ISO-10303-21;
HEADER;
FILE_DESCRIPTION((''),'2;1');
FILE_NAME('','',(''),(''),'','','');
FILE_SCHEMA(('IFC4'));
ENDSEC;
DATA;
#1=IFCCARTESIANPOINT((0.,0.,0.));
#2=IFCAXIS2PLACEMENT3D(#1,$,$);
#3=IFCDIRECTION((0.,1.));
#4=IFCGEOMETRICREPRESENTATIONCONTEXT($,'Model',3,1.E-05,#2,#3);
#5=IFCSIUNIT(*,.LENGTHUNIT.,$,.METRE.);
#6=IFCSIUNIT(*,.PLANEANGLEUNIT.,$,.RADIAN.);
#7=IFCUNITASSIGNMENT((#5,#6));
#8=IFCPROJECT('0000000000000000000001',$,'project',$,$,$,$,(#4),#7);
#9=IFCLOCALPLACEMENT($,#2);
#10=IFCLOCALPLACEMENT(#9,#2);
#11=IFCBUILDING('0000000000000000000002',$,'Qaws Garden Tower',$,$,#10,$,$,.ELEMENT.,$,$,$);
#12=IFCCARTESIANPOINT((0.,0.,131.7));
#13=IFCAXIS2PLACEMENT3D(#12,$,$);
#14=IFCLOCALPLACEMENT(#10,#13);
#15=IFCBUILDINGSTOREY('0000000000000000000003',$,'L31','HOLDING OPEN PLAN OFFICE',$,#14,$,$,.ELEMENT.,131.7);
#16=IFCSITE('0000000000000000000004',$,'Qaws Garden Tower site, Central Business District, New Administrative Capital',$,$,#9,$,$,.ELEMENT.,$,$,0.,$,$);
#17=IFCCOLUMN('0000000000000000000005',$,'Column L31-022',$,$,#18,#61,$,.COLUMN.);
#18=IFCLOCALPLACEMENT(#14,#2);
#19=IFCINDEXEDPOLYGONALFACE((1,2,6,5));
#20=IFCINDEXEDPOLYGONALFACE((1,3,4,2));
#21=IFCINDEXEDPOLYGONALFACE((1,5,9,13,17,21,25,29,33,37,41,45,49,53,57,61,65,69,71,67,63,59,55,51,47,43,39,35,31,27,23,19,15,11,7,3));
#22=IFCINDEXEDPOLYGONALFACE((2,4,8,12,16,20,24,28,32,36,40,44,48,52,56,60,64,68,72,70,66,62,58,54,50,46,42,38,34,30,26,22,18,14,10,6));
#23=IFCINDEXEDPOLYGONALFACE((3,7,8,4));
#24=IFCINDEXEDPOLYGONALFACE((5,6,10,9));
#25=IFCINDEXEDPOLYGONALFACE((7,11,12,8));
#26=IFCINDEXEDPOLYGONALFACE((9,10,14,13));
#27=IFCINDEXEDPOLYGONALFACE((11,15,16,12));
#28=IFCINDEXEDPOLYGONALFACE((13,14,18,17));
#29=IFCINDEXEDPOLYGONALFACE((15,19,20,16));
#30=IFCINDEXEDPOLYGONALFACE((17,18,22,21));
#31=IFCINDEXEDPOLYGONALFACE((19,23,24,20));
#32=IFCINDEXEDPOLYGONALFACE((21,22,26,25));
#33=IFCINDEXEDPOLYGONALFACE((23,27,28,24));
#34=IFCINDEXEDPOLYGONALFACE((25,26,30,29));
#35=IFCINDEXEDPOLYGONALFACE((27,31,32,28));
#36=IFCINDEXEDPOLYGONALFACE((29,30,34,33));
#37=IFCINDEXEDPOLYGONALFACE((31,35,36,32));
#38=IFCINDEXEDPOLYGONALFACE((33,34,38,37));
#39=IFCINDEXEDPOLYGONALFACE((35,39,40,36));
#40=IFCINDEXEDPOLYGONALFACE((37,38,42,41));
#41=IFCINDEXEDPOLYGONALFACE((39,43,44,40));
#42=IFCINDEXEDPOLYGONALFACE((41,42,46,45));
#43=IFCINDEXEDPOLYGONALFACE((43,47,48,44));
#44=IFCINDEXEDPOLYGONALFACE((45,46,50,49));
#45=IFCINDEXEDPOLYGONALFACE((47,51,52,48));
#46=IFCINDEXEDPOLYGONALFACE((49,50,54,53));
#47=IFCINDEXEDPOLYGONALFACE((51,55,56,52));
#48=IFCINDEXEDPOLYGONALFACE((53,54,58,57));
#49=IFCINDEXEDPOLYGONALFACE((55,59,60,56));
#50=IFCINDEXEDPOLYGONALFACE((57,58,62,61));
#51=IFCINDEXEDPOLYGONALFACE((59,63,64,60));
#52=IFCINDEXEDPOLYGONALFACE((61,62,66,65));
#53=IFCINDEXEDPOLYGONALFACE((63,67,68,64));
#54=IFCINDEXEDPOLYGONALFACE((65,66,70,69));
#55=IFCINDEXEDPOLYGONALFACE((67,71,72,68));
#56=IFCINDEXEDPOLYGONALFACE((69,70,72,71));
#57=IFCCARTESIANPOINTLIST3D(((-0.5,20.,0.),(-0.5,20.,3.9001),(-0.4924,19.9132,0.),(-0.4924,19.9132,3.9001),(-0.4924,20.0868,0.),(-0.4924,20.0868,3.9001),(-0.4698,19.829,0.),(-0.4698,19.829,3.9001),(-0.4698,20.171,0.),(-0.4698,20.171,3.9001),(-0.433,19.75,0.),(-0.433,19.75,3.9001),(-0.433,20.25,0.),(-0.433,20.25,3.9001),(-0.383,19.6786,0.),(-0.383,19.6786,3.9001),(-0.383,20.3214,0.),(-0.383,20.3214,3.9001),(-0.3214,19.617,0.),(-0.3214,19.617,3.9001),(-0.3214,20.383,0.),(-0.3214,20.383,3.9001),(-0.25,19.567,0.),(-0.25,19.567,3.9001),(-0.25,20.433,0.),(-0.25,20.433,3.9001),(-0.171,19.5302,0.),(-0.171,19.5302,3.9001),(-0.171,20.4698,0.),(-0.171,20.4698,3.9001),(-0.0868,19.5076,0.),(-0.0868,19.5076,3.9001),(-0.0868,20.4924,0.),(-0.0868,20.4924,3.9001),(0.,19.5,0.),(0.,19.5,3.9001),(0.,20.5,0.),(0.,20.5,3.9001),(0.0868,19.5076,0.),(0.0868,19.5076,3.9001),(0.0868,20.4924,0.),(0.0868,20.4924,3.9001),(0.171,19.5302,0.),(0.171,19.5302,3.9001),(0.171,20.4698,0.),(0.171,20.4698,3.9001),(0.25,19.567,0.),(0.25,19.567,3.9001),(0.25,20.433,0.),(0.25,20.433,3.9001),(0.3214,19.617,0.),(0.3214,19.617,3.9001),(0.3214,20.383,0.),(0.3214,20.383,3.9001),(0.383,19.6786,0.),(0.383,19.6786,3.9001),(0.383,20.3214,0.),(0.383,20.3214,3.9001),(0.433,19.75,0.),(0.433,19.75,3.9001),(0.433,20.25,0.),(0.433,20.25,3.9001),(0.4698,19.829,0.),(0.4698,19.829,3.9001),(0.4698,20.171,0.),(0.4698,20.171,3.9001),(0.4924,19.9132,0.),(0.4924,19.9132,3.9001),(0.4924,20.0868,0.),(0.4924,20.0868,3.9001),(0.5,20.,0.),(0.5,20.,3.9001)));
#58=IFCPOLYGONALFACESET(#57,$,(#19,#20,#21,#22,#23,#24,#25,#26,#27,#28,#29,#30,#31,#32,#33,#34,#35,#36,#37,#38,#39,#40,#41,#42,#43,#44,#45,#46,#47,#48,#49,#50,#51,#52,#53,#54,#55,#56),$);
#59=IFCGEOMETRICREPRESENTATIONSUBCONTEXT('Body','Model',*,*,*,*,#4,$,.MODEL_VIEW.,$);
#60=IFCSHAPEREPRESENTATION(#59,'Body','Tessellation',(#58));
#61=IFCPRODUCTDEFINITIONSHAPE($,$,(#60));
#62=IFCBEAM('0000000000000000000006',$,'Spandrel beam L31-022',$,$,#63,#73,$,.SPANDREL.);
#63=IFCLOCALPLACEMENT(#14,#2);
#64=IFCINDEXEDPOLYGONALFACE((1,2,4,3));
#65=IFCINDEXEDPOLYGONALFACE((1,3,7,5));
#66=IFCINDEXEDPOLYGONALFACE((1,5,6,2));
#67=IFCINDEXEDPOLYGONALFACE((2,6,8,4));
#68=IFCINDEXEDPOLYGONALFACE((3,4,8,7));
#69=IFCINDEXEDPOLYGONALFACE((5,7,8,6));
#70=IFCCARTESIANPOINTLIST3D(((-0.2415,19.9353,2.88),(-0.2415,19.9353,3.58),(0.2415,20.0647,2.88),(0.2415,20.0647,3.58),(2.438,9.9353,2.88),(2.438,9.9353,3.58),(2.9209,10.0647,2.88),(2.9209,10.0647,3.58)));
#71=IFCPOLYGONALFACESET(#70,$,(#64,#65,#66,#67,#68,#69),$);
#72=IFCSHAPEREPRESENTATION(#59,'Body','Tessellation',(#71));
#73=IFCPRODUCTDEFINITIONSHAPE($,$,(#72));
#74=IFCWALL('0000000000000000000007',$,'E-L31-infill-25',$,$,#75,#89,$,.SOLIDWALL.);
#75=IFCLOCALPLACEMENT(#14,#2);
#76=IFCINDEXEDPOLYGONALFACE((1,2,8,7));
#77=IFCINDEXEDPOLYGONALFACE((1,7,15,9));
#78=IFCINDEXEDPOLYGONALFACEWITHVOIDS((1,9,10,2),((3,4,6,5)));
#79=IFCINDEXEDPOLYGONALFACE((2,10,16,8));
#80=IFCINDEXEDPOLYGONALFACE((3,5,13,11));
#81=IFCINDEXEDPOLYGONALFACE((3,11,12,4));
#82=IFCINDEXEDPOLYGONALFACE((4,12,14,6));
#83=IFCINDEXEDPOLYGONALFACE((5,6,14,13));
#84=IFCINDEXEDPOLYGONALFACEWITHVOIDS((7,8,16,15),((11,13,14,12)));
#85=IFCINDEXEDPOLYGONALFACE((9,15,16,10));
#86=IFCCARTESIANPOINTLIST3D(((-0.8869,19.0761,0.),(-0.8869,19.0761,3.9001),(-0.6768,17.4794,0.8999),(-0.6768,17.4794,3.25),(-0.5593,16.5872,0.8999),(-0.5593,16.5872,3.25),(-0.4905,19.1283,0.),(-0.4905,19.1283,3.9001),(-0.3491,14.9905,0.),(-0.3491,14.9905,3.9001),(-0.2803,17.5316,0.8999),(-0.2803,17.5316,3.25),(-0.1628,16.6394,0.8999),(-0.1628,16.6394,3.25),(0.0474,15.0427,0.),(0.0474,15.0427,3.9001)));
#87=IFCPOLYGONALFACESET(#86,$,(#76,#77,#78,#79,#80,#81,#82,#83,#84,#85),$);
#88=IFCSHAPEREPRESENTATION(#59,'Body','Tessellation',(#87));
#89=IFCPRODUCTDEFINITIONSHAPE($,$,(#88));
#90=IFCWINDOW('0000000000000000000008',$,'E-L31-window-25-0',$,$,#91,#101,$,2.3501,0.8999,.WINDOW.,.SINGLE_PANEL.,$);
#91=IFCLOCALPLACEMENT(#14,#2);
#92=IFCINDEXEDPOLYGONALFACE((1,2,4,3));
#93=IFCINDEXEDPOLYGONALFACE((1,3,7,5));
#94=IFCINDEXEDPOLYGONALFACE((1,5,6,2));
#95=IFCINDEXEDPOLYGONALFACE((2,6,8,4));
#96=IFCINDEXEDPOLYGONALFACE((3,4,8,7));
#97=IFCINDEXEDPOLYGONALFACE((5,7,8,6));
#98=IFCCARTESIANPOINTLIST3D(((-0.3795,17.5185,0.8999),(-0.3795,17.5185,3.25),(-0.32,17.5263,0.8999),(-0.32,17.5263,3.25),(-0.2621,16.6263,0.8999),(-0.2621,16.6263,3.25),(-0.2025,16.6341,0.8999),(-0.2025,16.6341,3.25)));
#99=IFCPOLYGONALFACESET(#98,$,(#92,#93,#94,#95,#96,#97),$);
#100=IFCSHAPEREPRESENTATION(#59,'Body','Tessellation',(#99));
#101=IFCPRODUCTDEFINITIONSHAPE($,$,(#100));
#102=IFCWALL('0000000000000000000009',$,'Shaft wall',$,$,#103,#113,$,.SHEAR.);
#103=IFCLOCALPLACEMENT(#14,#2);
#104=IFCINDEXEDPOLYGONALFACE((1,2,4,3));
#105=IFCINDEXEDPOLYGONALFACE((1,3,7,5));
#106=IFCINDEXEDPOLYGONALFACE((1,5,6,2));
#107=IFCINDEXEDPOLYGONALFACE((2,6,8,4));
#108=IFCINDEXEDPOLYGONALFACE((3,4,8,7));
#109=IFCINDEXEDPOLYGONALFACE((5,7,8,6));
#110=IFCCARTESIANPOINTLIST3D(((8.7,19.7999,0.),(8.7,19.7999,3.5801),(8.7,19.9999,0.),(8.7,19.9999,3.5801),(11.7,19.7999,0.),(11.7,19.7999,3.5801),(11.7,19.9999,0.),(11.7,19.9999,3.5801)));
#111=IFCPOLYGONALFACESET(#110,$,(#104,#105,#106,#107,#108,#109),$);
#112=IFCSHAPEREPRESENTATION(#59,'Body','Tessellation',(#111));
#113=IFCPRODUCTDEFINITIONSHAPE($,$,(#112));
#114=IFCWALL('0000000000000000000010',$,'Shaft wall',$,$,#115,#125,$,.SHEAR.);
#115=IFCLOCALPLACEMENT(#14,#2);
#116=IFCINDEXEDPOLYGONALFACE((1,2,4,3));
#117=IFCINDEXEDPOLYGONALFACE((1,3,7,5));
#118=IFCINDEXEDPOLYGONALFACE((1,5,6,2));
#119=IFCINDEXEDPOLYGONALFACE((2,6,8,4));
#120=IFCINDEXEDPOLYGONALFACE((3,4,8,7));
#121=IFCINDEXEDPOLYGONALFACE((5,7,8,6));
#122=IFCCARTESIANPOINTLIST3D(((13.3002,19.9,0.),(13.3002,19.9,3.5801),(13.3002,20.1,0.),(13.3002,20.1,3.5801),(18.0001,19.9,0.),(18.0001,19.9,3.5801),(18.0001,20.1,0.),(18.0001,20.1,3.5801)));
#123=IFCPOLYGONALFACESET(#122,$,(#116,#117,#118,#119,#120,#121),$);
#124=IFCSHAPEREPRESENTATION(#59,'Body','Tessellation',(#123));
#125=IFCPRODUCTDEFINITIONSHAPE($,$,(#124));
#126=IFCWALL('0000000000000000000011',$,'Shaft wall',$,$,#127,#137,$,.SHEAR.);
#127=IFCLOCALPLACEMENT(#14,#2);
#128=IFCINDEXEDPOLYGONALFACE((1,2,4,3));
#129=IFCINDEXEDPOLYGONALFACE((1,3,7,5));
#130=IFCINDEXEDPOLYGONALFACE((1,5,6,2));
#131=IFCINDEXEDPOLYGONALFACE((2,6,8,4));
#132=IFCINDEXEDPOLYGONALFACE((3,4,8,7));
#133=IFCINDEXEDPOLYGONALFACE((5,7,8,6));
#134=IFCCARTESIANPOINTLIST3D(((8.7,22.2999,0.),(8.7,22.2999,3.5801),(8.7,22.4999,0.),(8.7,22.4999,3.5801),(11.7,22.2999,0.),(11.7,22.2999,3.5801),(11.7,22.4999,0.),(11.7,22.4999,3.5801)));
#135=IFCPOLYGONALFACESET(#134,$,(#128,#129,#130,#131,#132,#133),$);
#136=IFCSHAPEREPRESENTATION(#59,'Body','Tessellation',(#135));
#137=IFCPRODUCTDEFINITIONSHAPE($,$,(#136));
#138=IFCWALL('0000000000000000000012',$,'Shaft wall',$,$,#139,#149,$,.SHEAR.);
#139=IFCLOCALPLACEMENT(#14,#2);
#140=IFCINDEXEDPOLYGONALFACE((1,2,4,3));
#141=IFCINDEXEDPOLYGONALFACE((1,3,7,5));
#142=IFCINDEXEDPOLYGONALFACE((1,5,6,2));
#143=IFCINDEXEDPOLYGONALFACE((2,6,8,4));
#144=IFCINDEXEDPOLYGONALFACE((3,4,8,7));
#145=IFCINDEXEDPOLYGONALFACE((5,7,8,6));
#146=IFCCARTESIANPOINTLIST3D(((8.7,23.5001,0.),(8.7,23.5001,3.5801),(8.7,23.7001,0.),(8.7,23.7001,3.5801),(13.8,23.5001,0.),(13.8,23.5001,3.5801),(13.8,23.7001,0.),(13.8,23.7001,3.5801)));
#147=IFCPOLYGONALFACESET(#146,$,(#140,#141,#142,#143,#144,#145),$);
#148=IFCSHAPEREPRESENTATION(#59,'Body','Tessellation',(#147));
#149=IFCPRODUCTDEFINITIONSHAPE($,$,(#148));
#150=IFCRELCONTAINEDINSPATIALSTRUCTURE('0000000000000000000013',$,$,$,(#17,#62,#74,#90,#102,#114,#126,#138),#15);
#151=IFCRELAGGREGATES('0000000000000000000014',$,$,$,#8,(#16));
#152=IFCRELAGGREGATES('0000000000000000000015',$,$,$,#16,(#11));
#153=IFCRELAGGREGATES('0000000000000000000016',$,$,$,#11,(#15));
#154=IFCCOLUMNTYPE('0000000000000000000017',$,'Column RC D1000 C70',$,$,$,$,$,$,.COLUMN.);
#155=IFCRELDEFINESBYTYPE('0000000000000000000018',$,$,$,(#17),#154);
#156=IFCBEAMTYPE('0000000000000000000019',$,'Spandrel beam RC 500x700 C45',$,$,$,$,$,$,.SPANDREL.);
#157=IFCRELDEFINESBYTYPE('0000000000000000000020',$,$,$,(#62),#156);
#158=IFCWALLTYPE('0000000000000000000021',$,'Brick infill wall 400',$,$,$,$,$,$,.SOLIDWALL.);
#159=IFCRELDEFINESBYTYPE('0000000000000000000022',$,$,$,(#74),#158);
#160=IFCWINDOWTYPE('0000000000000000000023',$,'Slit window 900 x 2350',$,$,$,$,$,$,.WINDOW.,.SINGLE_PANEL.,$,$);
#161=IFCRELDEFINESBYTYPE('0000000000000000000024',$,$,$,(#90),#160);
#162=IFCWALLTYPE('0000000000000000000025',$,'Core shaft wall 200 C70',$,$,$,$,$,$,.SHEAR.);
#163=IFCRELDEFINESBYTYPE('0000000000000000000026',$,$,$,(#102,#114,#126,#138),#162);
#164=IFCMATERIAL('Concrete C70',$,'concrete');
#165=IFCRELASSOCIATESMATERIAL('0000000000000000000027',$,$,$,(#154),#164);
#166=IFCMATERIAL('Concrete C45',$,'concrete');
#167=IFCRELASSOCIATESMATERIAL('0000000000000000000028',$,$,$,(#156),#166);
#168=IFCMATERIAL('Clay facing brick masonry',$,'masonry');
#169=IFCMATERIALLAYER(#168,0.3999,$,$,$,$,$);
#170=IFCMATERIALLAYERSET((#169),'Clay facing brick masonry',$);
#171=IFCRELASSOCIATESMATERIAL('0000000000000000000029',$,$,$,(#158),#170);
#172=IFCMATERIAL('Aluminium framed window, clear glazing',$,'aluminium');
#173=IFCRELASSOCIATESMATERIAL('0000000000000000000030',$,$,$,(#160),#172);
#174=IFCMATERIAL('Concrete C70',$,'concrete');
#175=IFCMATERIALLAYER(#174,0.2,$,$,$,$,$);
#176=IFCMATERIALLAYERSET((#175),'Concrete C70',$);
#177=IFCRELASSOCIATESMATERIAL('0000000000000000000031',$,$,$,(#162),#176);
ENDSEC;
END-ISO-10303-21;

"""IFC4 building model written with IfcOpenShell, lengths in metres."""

from ifc_helpers import new_model, si_unit, direction, frame, frame_2d, origin, origin_2d, place, context, subcontext, project, spatial, rectangle, circle, extrude, material, layer, layer_set, material_profile, profile_set, type_object, element, fill, save


model = new_model("IFC4")

# Units and contexts
model_context = context("Model", 3, precision=1e-05, world=origin(), true_north=direction((0.0, 1.0)))
body_context = subcontext(model_context, "Body", "Model", "MODEL_VIEW")
ifc_project = project(units=[si_unit("LENGTHUNIT", "METRE"), si_unit("PLANEANGLEUNIT", "RADIAN")], contexts=[model_context])

# Site, building, storey
site_placement = place(None, origin())
site = spatial("IfcSite", under=ifc_project, at=site_placement, Name="Qaws Garden Tower site, Central Business District, New Administrative Capital", CompositionType="ELEMENT", RefElevation=0.0)
building_placement = place(site_placement, origin())
building = spatial("IfcBuilding", under=site, at=building_placement, Name="Qaws Garden Tower", CompositionType="ELEMENT")
storey_placement = place(building_placement, frame((0.0, 0.0, 131.7)))
storey = spatial("IfcBuildingStorey", under=building, at=storey_placement, Name="L31", Description="HOLDING OPEN PLAN OFFICE", CompositionType="ELEMENT", Elevation=131.7)

# Column
ifc_material_1 = material(Name="Concrete C70", Category="concrete")
ifc_material_profile_1 = material_profile(ifc_material_1, circle(Radius=0.5, at=origin_2d()), Name="RC D1000")
ifc_profile_set_1 = profile_set([ifc_material_profile_1], Name="Concrete C70")
column_type = type_object("IfcColumnType", Name="Column RC D1000 C70", PredefinedType="COLUMN", material=ifc_profile_set_1)
column_placement = place(storey_placement, frame((0.0, 20.0, 0.0), z_axis=(0.0, 0.0, 1.0), x_axis=(1.0, 0.0, 0.0)))
element("IfcColumn", 1, at=column_placement, inside=storey, type_object=column_type, Name="Column L31-022", PredefinedType="COLUMN", context=body_context, shape_type="SweptSolid", body=[
    extrude(circle(Radius=0.5, at=origin_2d()), origin(), (0.0, 0.0, 1.0), 3.9001),
])

# Beam
ifc_material_2 = material(Name="Concrete C45", Category="concrete")
ifc_material_profile_2 = material_profile(ifc_material_2, rectangle(XDim=0.5, YDim=0.7, at=origin_2d()), Name="RC 500x700")
ifc_profile_set_2 = profile_set([ifc_material_profile_2], Name="Concrete C45")
beam_type = type_object("IfcBeamType", Name="Spandrel beam RC 500x700 C45", PredefinedType="SPANDREL", material=ifc_profile_set_2)
beam_placement = place(storey_placement, frame((0.0, 20.0, 3.23), z_axis=(0.258815, -0.965927, 0.0), x_axis=(0.965927, 0.258815, 0.0)))
element("IfcBeam", 2, at=beam_placement, inside=storey, type_object=beam_type, Name="Spandrel beam L31-022", PredefinedType="SPANDREL", context=body_context, shape_type="SweptSolid", body=[
    extrude(rectangle(XDim=0.5, YDim=0.7, at=origin_2d()), origin(), (0.0, 0.0, 1.0), 10.3528),
])

# Wall, opening, window
ifc_material_3 = material(Name="Clay facing brick masonry", Category="masonry")
ifc_layer_1 = layer(ifc_material_3, 0.3999)
ifc_layer_set_1 = layer_set([ifc_layer_1], Name="Clay facing brick masonry")
wall_type_1 = type_object("IfcWallType", Name="Brick infill wall 400", PredefinedType="SOLIDWALL", material=ifc_layer_set_1)
wall_1_placement = place(storey_placement, frame((-0.6887, 19.1023, 0.0), z_axis=(0.0, 0.0, 1.0), x_axis=(0.130514, -0.991446, 0.0)))
wall_1 = element("IfcWall", 3, at=wall_1_placement, inside=storey, type_object=wall_type_1, Name="E-L31-infill-25", PredefinedType="SOLIDWALL", context=body_context, shape_type="SweptSolid", body=[
    extrude(rectangle(XDim=4.1208, YDim=0.3999, at=frame_2d((2.0605, 0.0))), origin(), (0.0, 0.0, 1.0), 3.9001),
])
opening_1_placement = place(wall_1_placement, frame((1.6106, 0.0, 0.8999)))
opening_1 = element("IfcOpeningElement", 4, at=opening_1_placement, cuts=wall_1, PredefinedType="OPENING", context=body_context, shape_type="SweptSolid", body=[
    extrude(rectangle(XDim=0.8999, YDim=2.3501, at=frame_2d((0.45, 1.175))), frame((0.0, 0.21, 0.0), z_axis=(0.0, -1.0, 0.0), x_axis=(1.0, 0.0, 0.0)), (0.0, 0.0, 1.0), 0.4199),
])
ifc_material_4 = material(Name="Aluminium framed window, clear glazing", Category="aluminium")
window_type = type_object("IfcWindowType", Name="Slit window 900 x 2350", PartitioningType="SINGLE_PANEL", PredefinedType="WINDOW", material=ifc_material_4)
window_placement = place(opening_1_placement, origin())
window = element("IfcWindow", 5, at=window_placement, inside=storey, type_object=window_type, Name="E-L31-window-25-0", OverallHeight=2.3501, OverallWidth=0.8999, PartitioningType="SINGLE_PANEL", PredefinedType="WINDOW", context=body_context, shape_type="SweptSolid", body=[
    extrude(rectangle(XDim=0.8999, YDim=2.3501, at=frame_2d((0.45, 1.175))), frame((0.0, 0.1599, 0.0), z_axis=(0.0, -1.0, 0.0), x_axis=(1.0, 0.0, 0.0)), (0.0, 0.0, 1.0), 0.0601),
])
fill(opening_1, window)

# Walls
ifc_material_5 = material(Name="Concrete C70", Category="concrete")
ifc_layer_2 = layer(ifc_material_5, 0.2)
ifc_layer_set_2 = layer_set([ifc_layer_2], Name="Concrete C70")
wall_type_2 = type_object("IfcWallType", Name="Core shaft wall 200 C70", PredefinedType="SHEAR", material=ifc_layer_set_2)
wall_2_placement = place(storey_placement, frame((8.7, 19.8999, 0.0), z_axis=(0.0, 0.0, 1.0), x_axis=(1.0, 0.0, 0.0)))
element("IfcWall", 6, at=wall_2_placement, inside=storey, type_object=wall_type_2, Name="Shaft wall", PredefinedType="SHEAR", context=body_context, shape_type="SweptSolid", body=[
    extrude(rectangle(XDim=3.0, YDim=0.2, at=frame_2d((1.5, 0.0))), origin(), (0.0, 0.0, 1.0), 3.5801),
])
wall_3_placement = place(storey_placement, frame((13.3, 20.0, 0.0), z_axis=(0.0, 0.0, 1.0), x_axis=(1.0, 0.0, 0.0)))
element("IfcWall", 7, at=wall_3_placement, inside=storey, type_object=wall_type_2, Name="Shaft wall", PredefinedType="SHEAR", context=body_context, shape_type="SweptSolid", body=[
    extrude(rectangle(XDim=4.7, YDim=0.2, at=frame_2d((2.3501, 0.0))), origin(), (0.0, 0.0, 1.0), 3.5801),
])
wall_4_placement = place(storey_placement, frame((8.7, 22.3999, 0.0), z_axis=(0.0, 0.0, 1.0), x_axis=(1.0, 0.0, 0.0)))
element("IfcWall", 8, at=wall_4_placement, inside=storey, type_object=wall_type_2, Name="Shaft wall", PredefinedType="SHEAR", context=body_context, shape_type="SweptSolid", body=[
    extrude(rectangle(XDim=3.0, YDim=0.2, at=frame_2d((1.5, 0.0))), origin(), (0.0, 0.0, 1.0), 3.5801),
])
wall_5_placement = place(storey_placement, frame((8.7, 23.6001, 0.0), z_axis=(0.0, 0.0, 1.0), x_axis=(1.0, 0.0, 0.0)))
element("IfcWall", 9, at=wall_5_placement, inside=storey, type_object=wall_type_2, Name="Shaft wall", PredefinedType="SHEAR", context=body_context, shape_type="SweptSolid", body=[
    extrude(rectangle(XDim=5.1001, YDim=0.2, at=frame_2d((2.55, 0.0))), origin(), (0.0, 0.0, 1.0), 3.5801),
])

save(model, "model.ifc")
